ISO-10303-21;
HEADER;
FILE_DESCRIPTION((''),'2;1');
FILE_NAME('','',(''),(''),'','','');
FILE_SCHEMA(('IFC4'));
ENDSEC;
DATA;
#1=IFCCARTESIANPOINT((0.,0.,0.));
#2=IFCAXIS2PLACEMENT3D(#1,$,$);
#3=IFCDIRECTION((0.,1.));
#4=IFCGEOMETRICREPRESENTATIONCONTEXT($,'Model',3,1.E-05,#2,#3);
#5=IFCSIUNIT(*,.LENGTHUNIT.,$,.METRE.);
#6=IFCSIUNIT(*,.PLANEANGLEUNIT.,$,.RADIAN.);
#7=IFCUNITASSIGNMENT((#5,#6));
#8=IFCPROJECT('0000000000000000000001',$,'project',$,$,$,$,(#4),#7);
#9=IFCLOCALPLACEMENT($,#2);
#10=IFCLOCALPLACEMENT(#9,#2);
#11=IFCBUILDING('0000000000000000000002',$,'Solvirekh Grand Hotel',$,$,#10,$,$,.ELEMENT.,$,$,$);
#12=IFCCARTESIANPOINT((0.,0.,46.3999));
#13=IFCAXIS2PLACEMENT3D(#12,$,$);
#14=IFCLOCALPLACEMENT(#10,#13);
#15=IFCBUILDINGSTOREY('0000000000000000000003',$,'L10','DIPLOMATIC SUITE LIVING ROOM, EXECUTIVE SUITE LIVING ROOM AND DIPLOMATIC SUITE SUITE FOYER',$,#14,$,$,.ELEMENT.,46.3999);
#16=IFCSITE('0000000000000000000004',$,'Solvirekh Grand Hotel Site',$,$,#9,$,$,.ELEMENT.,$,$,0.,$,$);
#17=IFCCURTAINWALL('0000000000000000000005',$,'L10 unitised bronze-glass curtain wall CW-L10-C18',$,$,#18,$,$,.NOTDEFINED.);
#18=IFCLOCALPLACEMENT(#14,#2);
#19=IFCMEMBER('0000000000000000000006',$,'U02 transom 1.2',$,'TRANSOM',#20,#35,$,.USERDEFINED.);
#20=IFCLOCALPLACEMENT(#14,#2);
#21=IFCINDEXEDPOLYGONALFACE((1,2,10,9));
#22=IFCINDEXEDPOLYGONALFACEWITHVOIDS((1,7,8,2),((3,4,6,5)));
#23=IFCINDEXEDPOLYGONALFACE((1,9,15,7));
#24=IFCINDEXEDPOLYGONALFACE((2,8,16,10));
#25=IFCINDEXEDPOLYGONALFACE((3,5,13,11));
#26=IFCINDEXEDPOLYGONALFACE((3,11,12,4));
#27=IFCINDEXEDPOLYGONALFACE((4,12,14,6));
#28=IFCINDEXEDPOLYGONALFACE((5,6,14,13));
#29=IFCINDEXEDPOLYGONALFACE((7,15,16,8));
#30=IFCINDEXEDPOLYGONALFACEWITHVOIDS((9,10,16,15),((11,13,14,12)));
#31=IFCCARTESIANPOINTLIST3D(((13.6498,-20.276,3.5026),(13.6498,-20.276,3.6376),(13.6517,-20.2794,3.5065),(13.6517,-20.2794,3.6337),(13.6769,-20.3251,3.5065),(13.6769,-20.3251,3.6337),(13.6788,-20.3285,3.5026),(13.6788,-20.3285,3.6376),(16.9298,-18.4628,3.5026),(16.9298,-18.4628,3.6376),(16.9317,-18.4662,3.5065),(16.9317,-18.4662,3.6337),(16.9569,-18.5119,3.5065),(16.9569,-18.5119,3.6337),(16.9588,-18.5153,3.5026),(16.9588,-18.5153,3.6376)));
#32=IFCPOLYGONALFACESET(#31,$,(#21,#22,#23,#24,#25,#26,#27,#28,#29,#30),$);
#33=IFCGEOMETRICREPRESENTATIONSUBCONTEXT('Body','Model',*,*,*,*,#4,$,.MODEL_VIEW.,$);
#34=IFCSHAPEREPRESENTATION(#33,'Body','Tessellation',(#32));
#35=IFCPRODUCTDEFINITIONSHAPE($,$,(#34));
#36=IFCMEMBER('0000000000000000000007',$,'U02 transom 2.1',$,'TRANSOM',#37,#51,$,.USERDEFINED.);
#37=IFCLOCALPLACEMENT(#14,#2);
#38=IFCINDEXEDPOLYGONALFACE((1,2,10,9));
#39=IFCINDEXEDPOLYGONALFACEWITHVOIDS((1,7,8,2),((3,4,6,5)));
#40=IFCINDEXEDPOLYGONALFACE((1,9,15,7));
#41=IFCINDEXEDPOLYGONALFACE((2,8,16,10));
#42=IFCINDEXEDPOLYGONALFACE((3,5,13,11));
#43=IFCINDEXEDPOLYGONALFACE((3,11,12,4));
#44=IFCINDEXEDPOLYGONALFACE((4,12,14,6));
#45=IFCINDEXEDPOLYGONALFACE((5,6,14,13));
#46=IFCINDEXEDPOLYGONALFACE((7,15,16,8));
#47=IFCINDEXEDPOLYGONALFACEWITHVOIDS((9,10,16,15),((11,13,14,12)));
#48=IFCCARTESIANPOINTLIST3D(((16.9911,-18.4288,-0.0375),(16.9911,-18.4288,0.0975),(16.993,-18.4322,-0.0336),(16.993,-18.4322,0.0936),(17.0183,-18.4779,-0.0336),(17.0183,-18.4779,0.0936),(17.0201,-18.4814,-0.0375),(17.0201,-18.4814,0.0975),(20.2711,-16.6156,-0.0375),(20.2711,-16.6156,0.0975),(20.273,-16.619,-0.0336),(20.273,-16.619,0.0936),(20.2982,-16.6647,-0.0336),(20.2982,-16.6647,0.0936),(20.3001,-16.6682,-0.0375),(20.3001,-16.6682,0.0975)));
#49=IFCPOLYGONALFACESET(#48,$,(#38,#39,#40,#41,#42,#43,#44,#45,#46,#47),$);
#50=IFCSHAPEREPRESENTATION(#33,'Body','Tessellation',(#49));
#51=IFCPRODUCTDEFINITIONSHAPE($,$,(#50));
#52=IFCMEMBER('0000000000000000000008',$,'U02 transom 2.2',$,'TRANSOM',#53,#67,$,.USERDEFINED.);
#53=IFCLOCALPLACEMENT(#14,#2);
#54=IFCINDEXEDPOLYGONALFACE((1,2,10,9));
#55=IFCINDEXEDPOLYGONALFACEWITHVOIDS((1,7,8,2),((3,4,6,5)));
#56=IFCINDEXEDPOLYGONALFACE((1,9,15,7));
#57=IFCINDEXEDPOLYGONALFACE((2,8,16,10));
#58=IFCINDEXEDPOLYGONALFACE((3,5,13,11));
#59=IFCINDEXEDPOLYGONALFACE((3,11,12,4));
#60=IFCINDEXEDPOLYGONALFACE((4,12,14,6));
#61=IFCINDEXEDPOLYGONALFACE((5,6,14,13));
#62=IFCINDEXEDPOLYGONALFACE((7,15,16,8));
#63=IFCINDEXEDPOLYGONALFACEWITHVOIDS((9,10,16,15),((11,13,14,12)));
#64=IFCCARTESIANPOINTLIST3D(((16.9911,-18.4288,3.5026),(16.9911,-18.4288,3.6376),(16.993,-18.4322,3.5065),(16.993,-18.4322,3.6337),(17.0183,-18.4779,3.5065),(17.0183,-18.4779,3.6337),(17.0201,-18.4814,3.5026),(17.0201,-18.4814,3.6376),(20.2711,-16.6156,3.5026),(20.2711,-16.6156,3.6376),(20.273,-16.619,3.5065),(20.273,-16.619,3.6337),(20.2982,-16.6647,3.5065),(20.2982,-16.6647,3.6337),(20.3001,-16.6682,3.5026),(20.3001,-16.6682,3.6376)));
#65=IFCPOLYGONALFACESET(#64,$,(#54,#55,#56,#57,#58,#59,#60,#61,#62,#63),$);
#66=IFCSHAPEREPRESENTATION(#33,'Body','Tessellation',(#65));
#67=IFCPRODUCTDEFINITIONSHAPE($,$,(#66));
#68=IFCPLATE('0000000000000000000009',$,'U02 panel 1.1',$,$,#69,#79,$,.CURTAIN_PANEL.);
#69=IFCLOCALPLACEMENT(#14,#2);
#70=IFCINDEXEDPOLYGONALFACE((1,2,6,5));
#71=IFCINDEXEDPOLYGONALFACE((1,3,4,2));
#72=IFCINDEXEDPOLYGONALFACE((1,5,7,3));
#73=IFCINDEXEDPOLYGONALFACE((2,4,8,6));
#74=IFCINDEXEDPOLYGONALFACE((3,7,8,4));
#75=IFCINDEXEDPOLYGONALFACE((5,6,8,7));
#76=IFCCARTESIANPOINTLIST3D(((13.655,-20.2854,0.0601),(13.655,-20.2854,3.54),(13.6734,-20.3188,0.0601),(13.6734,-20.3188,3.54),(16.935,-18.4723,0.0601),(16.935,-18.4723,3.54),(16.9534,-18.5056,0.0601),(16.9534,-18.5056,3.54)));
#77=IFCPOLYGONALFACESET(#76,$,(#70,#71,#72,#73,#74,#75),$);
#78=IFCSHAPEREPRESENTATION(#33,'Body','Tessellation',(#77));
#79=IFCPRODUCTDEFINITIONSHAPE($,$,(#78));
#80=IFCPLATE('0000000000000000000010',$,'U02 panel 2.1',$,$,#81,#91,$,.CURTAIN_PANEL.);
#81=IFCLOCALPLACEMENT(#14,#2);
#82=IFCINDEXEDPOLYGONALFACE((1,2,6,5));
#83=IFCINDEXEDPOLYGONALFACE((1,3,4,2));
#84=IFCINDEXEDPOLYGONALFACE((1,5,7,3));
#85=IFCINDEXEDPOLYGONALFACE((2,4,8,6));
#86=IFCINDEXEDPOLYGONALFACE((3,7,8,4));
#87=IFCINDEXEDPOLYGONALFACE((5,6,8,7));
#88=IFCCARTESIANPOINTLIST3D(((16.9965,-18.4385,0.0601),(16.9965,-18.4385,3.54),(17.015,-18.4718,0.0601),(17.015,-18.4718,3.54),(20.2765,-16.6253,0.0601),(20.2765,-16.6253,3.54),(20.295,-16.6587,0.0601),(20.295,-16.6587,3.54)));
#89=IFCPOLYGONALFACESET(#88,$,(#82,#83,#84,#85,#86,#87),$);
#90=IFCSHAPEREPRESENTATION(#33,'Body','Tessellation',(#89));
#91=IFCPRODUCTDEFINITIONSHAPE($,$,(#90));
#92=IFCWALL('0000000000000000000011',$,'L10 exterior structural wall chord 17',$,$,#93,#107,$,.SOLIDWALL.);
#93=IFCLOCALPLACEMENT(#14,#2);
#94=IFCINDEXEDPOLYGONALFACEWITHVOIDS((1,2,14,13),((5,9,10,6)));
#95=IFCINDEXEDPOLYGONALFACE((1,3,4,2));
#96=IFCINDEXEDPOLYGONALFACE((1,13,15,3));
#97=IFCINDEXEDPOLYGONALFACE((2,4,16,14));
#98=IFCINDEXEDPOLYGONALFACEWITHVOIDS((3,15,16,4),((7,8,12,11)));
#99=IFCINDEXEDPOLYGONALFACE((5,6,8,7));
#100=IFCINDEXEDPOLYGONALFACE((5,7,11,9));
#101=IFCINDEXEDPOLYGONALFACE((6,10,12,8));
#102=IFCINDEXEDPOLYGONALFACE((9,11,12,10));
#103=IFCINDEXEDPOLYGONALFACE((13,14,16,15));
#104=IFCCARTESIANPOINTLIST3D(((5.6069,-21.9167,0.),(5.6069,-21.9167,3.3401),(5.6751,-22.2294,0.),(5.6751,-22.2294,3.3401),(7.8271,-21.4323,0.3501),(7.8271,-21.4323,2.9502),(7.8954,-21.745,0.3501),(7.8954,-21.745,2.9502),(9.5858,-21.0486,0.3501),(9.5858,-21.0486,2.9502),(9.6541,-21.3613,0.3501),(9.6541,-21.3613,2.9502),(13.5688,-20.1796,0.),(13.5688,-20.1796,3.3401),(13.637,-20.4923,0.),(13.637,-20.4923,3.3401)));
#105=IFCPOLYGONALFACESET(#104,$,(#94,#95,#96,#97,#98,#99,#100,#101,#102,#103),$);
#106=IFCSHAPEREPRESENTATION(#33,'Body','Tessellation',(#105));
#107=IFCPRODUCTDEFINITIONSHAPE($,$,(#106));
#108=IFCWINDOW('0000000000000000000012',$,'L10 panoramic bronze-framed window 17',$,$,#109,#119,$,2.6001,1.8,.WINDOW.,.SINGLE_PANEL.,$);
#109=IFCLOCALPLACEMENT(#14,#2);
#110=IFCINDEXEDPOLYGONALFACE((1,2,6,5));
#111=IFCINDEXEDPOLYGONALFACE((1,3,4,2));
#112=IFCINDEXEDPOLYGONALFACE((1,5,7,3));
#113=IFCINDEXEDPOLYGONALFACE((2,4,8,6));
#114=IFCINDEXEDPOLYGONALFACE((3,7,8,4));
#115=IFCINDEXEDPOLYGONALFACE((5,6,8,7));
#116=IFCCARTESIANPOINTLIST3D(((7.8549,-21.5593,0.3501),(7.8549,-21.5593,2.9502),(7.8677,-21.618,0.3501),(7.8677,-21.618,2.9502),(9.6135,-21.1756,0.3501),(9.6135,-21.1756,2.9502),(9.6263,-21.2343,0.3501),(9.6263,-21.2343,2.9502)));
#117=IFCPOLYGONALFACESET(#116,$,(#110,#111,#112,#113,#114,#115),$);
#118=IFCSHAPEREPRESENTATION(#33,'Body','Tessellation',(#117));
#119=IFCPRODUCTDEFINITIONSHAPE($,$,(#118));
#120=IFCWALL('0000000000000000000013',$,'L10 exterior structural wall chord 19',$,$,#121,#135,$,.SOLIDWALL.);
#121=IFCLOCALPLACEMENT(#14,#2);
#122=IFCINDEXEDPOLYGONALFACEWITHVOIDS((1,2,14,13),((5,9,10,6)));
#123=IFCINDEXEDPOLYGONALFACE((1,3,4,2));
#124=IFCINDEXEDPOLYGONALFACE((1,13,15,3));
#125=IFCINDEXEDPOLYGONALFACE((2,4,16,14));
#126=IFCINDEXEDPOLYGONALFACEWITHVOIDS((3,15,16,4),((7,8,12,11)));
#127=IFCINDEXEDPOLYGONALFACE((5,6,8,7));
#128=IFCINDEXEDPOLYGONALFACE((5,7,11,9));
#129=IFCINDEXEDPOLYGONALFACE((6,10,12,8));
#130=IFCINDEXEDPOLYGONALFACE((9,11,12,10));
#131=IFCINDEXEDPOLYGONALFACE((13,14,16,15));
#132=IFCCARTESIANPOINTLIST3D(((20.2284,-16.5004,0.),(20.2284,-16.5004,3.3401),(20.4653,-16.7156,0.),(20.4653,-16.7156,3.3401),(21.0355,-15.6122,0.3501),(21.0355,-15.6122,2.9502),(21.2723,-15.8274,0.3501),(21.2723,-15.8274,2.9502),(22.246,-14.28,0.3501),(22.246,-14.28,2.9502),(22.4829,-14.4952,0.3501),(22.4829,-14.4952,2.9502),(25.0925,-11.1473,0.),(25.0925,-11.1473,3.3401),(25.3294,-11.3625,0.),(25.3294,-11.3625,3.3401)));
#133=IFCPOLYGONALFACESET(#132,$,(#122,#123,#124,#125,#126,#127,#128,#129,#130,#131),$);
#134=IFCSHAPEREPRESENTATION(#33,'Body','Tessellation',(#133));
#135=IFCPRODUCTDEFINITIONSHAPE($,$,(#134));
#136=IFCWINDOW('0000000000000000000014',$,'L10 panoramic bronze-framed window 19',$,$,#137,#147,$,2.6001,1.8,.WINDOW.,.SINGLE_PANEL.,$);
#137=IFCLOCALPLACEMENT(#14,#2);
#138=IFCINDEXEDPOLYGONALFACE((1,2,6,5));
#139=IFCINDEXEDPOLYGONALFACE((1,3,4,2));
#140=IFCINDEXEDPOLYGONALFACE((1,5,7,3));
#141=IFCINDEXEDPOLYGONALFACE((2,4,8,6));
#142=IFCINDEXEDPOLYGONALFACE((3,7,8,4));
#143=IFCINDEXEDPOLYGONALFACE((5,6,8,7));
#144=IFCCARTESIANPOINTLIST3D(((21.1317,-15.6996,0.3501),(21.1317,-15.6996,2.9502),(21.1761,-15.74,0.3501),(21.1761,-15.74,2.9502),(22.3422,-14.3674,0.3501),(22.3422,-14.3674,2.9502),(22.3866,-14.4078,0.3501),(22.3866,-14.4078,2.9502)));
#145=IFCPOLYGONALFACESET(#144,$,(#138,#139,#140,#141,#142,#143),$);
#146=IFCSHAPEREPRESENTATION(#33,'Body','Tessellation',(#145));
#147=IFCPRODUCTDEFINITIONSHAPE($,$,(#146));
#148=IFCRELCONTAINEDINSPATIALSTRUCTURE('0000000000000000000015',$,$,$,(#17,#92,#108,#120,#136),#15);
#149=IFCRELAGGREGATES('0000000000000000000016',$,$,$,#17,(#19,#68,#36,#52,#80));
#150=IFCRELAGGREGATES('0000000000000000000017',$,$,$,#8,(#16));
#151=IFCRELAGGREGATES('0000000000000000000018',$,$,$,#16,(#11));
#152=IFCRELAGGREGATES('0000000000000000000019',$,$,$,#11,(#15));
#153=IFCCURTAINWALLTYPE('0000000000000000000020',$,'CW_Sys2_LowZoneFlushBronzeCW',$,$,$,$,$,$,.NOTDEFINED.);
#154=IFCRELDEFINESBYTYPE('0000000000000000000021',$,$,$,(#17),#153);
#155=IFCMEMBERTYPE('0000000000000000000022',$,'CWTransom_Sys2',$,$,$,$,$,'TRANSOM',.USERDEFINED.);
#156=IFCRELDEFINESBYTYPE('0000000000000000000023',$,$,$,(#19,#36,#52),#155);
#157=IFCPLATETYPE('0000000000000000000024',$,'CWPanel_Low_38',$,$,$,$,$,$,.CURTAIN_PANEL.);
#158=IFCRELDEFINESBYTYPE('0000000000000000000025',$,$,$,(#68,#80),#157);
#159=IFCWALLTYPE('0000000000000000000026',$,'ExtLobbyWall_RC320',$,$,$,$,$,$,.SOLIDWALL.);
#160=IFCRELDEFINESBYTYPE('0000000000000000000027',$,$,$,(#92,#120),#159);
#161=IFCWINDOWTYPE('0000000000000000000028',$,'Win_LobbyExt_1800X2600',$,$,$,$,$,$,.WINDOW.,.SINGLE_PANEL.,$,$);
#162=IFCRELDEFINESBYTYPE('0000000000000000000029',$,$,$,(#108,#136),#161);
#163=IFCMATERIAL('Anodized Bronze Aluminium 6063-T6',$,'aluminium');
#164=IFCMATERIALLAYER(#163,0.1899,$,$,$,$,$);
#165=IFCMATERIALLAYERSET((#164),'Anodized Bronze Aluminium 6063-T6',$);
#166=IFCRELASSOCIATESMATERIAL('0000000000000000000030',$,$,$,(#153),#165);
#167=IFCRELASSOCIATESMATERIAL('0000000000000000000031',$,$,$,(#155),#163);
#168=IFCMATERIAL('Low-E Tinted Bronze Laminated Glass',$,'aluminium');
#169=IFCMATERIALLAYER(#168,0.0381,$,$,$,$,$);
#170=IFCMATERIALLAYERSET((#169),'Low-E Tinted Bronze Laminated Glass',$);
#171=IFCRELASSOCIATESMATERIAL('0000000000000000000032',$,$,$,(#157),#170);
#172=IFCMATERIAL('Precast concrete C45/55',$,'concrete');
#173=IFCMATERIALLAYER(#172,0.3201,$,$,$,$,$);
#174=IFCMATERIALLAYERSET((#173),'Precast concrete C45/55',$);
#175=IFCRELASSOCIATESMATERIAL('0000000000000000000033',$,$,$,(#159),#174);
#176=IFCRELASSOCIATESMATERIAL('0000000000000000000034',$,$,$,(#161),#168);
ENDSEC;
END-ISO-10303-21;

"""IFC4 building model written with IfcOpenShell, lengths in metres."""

from ifc_helpers import new_model, si_unit, direction, frame, frame_2d, origin, origin_2d, place, context, subcontext, project, spatial, rectangle, hollow_rectangle, extrude, source, transform, mapped, material, layer, layer_set, material_profile, profile_set, type_object, element, fill, aggregate, save


model = new_model("IFC4")

# Units and contexts
model_context = context("Model", 3, precision=1e-05, world=origin(), true_north=direction((0.0, 1.0)))
body_context = subcontext(model_context, "Body", "Model", "MODEL_VIEW")
ifc_project = project(units=[si_unit("LENGTHUNIT", "METRE"), si_unit("PLANEANGLEUNIT", "RADIAN")], contexts=[model_context])

# Site, building, storey
site_placement = place(None, origin())
site = spatial("IfcSite", under=ifc_project, at=site_placement, Name="Solvirekh Grand Hotel Site", CompositionType="ELEMENT", RefElevation=0.0)
building_placement = place(site_placement, origin())
building = spatial("IfcBuilding", under=site, at=building_placement, Name="Solvirekh Grand Hotel", CompositionType="ELEMENT")
storey_placement = place(building_placement, frame((0.0, 0.0, 46.3999)))
storey = spatial("IfcBuildingStorey", under=building, at=storey_placement, Name="L10", Description="DIPLOMATIC SUITE LIVING ROOM, EXECUTIVE SUITE LIVING ROOM AND DIPLOMATIC SUITE SUITE FOYER", CompositionType="ELEMENT", Elevation=46.3999)

# Curtain wall, members, plates
ifc_material_1 = material(Name="Anodized Bronze Aluminium 6063-T6", Category="aluminium")
ifc_layer_1 = layer(ifc_material_1, 0.1899)
ifc_layer_set_1 = layer_set([ifc_layer_1], Name="Anodized Bronze Aluminium 6063-T6")
curtain_wall_type = type_object("IfcCurtainWallType", Name="CW_Sys2_LowZoneFlushBronzeCW", PredefinedType="NOTDEFINED", material=ifc_layer_set_1)
curtain_wall_placement = place(storey_placement, origin())
curtain_wall = element("IfcCurtainWall", 1, at=curtain_wall_placement, inside=storey, type_object=curtain_wall_type, Name="L10 unitised bronze-glass curtain wall CW-L10-C18", PredefinedType="NOTDEFINED")
ifc_material_profile_1 = material_profile(ifc_material_1, hollow_rectangle(XDim=0.0601, YDim=0.135, WallThickness=0.0039, at=origin_2d()), Name="ALU RHS 135X60X4")
ifc_profile_set_1 = profile_set([ifc_material_profile_1], Name="Anodized Bronze Aluminium 6063-T6")
member_type_1 = type_object("IfcMemberType", Name="CWTransom_Sys2", ElementType="TRANSOM", PredefinedType="USERDEFINED", material=ifc_profile_set_1)
shared_shape_1 = source(origin(), body_context, "Body", "SweptSolid", [
    extrude(hollow_rectangle(XDim=0.0601, YDim=0.135, WallThickness=0.0039, at=origin_2d()), origin(), (0.0, 0.0, 1.0), 3.7478),
])
member_1_placement = place(storey_placement, frame((13.6643, -20.3022, 3.5701), z_axis=(0.875175, 0.483806, 0.0), x_axis=(-0.483806, 0.875175, 0.0)))
member_1 = element("IfcMember", 2, at=member_1_placement, type_object=member_type_1, Name="U02 transom 1.2", ObjectType="TRANSOM", PredefinedType="USERDEFINED", context=body_context, shape_type="MappedRepresentation", body=[
    mapped(shared_shape_1, transform((0.0, 0.0, 0.0), x_axis=(1.0, 0.0, 0.0), y_axis=(0.0, 1.0, 0.0), z_axis=(0.0, 0.0, 1.0), scale=1.0)),
])
member_2_placement = place(storey_placement, frame((17.0056, -18.4551, 0.03), z_axis=(0.875175, 0.483806, 0.0), x_axis=(-0.483806, 0.875175, 0.0)))
member_2 = element("IfcMember", 3, at=member_2_placement, type_object=member_type_1, Name="U02 transom 2.1", ObjectType="TRANSOM", PredefinedType="USERDEFINED", context=body_context, shape_type="MappedRepresentation", body=[
    mapped(shared_shape_1, transform((0.0, 0.0, 0.0), x_axis=(1.0, 0.0, 0.0), y_axis=(0.0, 1.0, 0.0), z_axis=(0.0, 0.0, 1.0), scale=1.0)),
])
member_3_placement = place(storey_placement, frame((17.0056, -18.4551, 3.5701), z_axis=(0.875175, 0.483806, 0.0), x_axis=(-0.483806, 0.875175, 0.0)))
member_3 = element("IfcMember", 4, at=member_3_placement, type_object=member_type_1, Name="U02 transom 2.2", ObjectType="TRANSOM", PredefinedType="USERDEFINED", context=body_context, shape_type="MappedRepresentation", body=[
    mapped(shared_shape_1, transform((0.0, 0.0, 0.0), x_axis=(1.0, 0.0, 0.0), y_axis=(0.0, 1.0, 0.0), z_axis=(0.0, 0.0, 1.0), scale=1.0)),
])
ifc_material_2 = material(Name="Low-E Tinted Bronze Laminated Glass", Category="aluminium")
ifc_layer_2 = layer(ifc_material_2, 0.0381)
ifc_layer_set_2 = layer_set([ifc_layer_2], Name="Low-E Tinted Bronze Laminated Glass")
plate_type = type_object("IfcPlateType", Name="CWPanel_Low_38", PredefinedType="CURTAIN_PANEL", material=ifc_layer_set_2)
shared_shape_2 = source(origin(), body_context, "Body", "SweptSolid", [
    extrude(rectangle(XDim=3.7478, YDim=0.0381, at=origin_2d()), origin(), (0.0, 0.0, 1.0), 3.48),
])
plate_1_placement = place(storey_placement, frame((15.3042, -19.3955, 0.0601), z_axis=(0.0, 0.0, 1.0), x_axis=(0.875184, 0.483791, 0.0)))
plate_1 = element("IfcPlate", 5, at=plate_1_placement, type_object=plate_type, Name="U02 panel 1.1", PredefinedType="CURTAIN_PANEL", context=body_context, shape_type="MappedRepresentation", body=[
    mapped(shared_shape_2, transform((0.0, 0.0, 0.0), x_axis=(1.0, 0.0, 0.0), y_axis=(0.0, 1.0, 0.0), z_axis=(0.0, 0.0, 1.0), scale=1.0)),
])
plate_2_placement = place(storey_placement, frame((18.6458, -17.5486, 0.0601), z_axis=(0.0, 0.0, 1.0), x_axis=(0.875184, 0.483791, 0.0)))
plate_2 = element("IfcPlate", 6, at=plate_2_placement, type_object=plate_type, Name="U02 panel 2.1", PredefinedType="CURTAIN_PANEL", context=body_context, shape_type="MappedRepresentation", body=[
    mapped(shared_shape_2, transform((0.0, 0.0, 0.0), x_axis=(1.0, 0.0, 0.0), y_axis=(0.0, 1.0, 0.0), z_axis=(0.0, 0.0, 1.0), scale=1.0)),
])
aggregate(curtain_wall, [member_1, plate_1, member_2, member_3, plate_2])

# Walls, openings, windows
ifc_material_3 = material(Name="Precast concrete C45/55", Category="concrete")
ifc_layer_3 = layer(ifc_material_3, 0.3201)
ifc_layer_set_3 = layer_set([ifc_layer_3], Name="Precast concrete C45/55")
wall_type_1 = type_object("IfcWallType", Name="ExtLobbyWall_RC320", PredefinedType="SOLIDWALL", material=ifc_layer_set_3)
wall_1_placement = place(storey_placement, frame((13.603, -20.3359, 0.0), z_axis=(0.0, 0.0, 1.0), x_axis=(-0.977018, -0.213157, 0.0)))
wall_1 = element("IfcWall", 7, at=wall_1_placement, inside=storey, type_object=wall_type_1, Name="L10 exterior structural wall chord 17", PredefinedType="SOLIDWALL", context=body_context, shape_type="SweptSolid", body=[
    extrude(rectangle(XDim=8.1492, YDim=0.3201, at=frame_2d((4.0747, 0.0))), origin(), (0.0, 0.0, 1.0), 3.3401),
])
opening_1_placement = place(wall_1_placement, frame((4.0769, 0.0, 0.3501)))
opening_1 = element("IfcOpeningElement", 8, at=opening_1_placement, cuts=wall_1, PredefinedType="OPENING", context=body_context, shape_type="SweptSolid", body=[
    extrude(rectangle(XDim=1.8, YDim=2.6001, at=frame_2d((0.8999, 1.3))), frame((0.0, 0.1699, 0.0), z_axis=(0.0, -1.0, 0.0), x_axis=(1.0, 0.0, 0.0)), (0.0, 0.0, 1.0), 0.3401),
])
window_type = type_object("IfcWindowType", Name="Win_LobbyExt_1800X2600", PartitioningType="SINGLE_PANEL", PredefinedType="WINDOW", material=ifc_material_2)
window_1_placement = place(opening_1_placement, origin())
window_1 = element("IfcWindow", 9, at=window_1_placement, inside=storey, type_object=window_type, Name="L10 panoramic bronze-framed window 17", OverallHeight=2.6001, OverallWidth=1.8, PartitioningType="SINGLE_PANEL", PredefinedType="WINDOW", context=body_context, shape_type="SweptSolid", body=[
    extrude(rectangle(XDim=1.8, YDim=2.6001, at=frame_2d((0.8999, 1.3))), frame((0.0, 0.03, 0.0), z_axis=(0.0, -1.0, 0.0), x_axis=(1.0, 0.0, 0.0)), (0.0, 0.0, 1.0), 0.0601),
])
fill(opening_1, window_1)
wall_2_placement = place(storey_placement, frame((25.2109, -11.2549, 0.0), z_axis=(0.0, 0.0, 1.0), x_axis=(-0.672493, -0.740103, 0.0)))
wall_2 = element("IfcWall", 10, at=wall_2_placement, inside=storey, type_object=wall_type_1, Name="L10 exterior structural wall chord 19", PredefinedType="SOLIDWALL", context=body_context, shape_type="SweptSolid", body=[
    extrude(rectangle(XDim=7.2329, YDim=0.3201, at=frame_2d((3.6165, 0.0))), origin(), (0.0, 0.0, 1.0), 3.3401),
])
opening_2_placement = place(wall_2_placement, frame((4.2329, 0.0, 0.3501)))
opening_2 = element("IfcOpeningElement", 11, at=opening_2_placement, cuts=wall_2, PredefinedType="OPENING", context=body_context, shape_type="SweptSolid", body=[
    extrude(rectangle(XDim=1.8, YDim=2.6001, at=frame_2d((0.8999, 1.3))), frame((0.0, 0.1699, 0.0), z_axis=(0.0, -1.0, 0.0), x_axis=(1.0, 0.0, 0.0)), (0.0, 0.0, 1.0), 0.3401),
])
window_2_placement = place(opening_2_placement, origin())
window_2 = element("IfcWindow", 12, at=window_2_placement, inside=storey, type_object=window_type, Name="L10 panoramic bronze-framed window 19", OverallHeight=2.6001, OverallWidth=1.8, PartitioningType="SINGLE_PANEL", PredefinedType="WINDOW", context=body_context, shape_type="SweptSolid", body=[
    extrude(rectangle(XDim=1.8, YDim=2.6001, at=frame_2d((0.8999, 1.3))), frame((0.0, 0.03, 0.0), z_axis=(0.0, -1.0, 0.0), x_axis=(1.0, 0.0, 0.0)), (0.0, 0.0, 1.0), 0.0601),
])
fill(opening_2, window_2)

save(model, "model.ifc")
